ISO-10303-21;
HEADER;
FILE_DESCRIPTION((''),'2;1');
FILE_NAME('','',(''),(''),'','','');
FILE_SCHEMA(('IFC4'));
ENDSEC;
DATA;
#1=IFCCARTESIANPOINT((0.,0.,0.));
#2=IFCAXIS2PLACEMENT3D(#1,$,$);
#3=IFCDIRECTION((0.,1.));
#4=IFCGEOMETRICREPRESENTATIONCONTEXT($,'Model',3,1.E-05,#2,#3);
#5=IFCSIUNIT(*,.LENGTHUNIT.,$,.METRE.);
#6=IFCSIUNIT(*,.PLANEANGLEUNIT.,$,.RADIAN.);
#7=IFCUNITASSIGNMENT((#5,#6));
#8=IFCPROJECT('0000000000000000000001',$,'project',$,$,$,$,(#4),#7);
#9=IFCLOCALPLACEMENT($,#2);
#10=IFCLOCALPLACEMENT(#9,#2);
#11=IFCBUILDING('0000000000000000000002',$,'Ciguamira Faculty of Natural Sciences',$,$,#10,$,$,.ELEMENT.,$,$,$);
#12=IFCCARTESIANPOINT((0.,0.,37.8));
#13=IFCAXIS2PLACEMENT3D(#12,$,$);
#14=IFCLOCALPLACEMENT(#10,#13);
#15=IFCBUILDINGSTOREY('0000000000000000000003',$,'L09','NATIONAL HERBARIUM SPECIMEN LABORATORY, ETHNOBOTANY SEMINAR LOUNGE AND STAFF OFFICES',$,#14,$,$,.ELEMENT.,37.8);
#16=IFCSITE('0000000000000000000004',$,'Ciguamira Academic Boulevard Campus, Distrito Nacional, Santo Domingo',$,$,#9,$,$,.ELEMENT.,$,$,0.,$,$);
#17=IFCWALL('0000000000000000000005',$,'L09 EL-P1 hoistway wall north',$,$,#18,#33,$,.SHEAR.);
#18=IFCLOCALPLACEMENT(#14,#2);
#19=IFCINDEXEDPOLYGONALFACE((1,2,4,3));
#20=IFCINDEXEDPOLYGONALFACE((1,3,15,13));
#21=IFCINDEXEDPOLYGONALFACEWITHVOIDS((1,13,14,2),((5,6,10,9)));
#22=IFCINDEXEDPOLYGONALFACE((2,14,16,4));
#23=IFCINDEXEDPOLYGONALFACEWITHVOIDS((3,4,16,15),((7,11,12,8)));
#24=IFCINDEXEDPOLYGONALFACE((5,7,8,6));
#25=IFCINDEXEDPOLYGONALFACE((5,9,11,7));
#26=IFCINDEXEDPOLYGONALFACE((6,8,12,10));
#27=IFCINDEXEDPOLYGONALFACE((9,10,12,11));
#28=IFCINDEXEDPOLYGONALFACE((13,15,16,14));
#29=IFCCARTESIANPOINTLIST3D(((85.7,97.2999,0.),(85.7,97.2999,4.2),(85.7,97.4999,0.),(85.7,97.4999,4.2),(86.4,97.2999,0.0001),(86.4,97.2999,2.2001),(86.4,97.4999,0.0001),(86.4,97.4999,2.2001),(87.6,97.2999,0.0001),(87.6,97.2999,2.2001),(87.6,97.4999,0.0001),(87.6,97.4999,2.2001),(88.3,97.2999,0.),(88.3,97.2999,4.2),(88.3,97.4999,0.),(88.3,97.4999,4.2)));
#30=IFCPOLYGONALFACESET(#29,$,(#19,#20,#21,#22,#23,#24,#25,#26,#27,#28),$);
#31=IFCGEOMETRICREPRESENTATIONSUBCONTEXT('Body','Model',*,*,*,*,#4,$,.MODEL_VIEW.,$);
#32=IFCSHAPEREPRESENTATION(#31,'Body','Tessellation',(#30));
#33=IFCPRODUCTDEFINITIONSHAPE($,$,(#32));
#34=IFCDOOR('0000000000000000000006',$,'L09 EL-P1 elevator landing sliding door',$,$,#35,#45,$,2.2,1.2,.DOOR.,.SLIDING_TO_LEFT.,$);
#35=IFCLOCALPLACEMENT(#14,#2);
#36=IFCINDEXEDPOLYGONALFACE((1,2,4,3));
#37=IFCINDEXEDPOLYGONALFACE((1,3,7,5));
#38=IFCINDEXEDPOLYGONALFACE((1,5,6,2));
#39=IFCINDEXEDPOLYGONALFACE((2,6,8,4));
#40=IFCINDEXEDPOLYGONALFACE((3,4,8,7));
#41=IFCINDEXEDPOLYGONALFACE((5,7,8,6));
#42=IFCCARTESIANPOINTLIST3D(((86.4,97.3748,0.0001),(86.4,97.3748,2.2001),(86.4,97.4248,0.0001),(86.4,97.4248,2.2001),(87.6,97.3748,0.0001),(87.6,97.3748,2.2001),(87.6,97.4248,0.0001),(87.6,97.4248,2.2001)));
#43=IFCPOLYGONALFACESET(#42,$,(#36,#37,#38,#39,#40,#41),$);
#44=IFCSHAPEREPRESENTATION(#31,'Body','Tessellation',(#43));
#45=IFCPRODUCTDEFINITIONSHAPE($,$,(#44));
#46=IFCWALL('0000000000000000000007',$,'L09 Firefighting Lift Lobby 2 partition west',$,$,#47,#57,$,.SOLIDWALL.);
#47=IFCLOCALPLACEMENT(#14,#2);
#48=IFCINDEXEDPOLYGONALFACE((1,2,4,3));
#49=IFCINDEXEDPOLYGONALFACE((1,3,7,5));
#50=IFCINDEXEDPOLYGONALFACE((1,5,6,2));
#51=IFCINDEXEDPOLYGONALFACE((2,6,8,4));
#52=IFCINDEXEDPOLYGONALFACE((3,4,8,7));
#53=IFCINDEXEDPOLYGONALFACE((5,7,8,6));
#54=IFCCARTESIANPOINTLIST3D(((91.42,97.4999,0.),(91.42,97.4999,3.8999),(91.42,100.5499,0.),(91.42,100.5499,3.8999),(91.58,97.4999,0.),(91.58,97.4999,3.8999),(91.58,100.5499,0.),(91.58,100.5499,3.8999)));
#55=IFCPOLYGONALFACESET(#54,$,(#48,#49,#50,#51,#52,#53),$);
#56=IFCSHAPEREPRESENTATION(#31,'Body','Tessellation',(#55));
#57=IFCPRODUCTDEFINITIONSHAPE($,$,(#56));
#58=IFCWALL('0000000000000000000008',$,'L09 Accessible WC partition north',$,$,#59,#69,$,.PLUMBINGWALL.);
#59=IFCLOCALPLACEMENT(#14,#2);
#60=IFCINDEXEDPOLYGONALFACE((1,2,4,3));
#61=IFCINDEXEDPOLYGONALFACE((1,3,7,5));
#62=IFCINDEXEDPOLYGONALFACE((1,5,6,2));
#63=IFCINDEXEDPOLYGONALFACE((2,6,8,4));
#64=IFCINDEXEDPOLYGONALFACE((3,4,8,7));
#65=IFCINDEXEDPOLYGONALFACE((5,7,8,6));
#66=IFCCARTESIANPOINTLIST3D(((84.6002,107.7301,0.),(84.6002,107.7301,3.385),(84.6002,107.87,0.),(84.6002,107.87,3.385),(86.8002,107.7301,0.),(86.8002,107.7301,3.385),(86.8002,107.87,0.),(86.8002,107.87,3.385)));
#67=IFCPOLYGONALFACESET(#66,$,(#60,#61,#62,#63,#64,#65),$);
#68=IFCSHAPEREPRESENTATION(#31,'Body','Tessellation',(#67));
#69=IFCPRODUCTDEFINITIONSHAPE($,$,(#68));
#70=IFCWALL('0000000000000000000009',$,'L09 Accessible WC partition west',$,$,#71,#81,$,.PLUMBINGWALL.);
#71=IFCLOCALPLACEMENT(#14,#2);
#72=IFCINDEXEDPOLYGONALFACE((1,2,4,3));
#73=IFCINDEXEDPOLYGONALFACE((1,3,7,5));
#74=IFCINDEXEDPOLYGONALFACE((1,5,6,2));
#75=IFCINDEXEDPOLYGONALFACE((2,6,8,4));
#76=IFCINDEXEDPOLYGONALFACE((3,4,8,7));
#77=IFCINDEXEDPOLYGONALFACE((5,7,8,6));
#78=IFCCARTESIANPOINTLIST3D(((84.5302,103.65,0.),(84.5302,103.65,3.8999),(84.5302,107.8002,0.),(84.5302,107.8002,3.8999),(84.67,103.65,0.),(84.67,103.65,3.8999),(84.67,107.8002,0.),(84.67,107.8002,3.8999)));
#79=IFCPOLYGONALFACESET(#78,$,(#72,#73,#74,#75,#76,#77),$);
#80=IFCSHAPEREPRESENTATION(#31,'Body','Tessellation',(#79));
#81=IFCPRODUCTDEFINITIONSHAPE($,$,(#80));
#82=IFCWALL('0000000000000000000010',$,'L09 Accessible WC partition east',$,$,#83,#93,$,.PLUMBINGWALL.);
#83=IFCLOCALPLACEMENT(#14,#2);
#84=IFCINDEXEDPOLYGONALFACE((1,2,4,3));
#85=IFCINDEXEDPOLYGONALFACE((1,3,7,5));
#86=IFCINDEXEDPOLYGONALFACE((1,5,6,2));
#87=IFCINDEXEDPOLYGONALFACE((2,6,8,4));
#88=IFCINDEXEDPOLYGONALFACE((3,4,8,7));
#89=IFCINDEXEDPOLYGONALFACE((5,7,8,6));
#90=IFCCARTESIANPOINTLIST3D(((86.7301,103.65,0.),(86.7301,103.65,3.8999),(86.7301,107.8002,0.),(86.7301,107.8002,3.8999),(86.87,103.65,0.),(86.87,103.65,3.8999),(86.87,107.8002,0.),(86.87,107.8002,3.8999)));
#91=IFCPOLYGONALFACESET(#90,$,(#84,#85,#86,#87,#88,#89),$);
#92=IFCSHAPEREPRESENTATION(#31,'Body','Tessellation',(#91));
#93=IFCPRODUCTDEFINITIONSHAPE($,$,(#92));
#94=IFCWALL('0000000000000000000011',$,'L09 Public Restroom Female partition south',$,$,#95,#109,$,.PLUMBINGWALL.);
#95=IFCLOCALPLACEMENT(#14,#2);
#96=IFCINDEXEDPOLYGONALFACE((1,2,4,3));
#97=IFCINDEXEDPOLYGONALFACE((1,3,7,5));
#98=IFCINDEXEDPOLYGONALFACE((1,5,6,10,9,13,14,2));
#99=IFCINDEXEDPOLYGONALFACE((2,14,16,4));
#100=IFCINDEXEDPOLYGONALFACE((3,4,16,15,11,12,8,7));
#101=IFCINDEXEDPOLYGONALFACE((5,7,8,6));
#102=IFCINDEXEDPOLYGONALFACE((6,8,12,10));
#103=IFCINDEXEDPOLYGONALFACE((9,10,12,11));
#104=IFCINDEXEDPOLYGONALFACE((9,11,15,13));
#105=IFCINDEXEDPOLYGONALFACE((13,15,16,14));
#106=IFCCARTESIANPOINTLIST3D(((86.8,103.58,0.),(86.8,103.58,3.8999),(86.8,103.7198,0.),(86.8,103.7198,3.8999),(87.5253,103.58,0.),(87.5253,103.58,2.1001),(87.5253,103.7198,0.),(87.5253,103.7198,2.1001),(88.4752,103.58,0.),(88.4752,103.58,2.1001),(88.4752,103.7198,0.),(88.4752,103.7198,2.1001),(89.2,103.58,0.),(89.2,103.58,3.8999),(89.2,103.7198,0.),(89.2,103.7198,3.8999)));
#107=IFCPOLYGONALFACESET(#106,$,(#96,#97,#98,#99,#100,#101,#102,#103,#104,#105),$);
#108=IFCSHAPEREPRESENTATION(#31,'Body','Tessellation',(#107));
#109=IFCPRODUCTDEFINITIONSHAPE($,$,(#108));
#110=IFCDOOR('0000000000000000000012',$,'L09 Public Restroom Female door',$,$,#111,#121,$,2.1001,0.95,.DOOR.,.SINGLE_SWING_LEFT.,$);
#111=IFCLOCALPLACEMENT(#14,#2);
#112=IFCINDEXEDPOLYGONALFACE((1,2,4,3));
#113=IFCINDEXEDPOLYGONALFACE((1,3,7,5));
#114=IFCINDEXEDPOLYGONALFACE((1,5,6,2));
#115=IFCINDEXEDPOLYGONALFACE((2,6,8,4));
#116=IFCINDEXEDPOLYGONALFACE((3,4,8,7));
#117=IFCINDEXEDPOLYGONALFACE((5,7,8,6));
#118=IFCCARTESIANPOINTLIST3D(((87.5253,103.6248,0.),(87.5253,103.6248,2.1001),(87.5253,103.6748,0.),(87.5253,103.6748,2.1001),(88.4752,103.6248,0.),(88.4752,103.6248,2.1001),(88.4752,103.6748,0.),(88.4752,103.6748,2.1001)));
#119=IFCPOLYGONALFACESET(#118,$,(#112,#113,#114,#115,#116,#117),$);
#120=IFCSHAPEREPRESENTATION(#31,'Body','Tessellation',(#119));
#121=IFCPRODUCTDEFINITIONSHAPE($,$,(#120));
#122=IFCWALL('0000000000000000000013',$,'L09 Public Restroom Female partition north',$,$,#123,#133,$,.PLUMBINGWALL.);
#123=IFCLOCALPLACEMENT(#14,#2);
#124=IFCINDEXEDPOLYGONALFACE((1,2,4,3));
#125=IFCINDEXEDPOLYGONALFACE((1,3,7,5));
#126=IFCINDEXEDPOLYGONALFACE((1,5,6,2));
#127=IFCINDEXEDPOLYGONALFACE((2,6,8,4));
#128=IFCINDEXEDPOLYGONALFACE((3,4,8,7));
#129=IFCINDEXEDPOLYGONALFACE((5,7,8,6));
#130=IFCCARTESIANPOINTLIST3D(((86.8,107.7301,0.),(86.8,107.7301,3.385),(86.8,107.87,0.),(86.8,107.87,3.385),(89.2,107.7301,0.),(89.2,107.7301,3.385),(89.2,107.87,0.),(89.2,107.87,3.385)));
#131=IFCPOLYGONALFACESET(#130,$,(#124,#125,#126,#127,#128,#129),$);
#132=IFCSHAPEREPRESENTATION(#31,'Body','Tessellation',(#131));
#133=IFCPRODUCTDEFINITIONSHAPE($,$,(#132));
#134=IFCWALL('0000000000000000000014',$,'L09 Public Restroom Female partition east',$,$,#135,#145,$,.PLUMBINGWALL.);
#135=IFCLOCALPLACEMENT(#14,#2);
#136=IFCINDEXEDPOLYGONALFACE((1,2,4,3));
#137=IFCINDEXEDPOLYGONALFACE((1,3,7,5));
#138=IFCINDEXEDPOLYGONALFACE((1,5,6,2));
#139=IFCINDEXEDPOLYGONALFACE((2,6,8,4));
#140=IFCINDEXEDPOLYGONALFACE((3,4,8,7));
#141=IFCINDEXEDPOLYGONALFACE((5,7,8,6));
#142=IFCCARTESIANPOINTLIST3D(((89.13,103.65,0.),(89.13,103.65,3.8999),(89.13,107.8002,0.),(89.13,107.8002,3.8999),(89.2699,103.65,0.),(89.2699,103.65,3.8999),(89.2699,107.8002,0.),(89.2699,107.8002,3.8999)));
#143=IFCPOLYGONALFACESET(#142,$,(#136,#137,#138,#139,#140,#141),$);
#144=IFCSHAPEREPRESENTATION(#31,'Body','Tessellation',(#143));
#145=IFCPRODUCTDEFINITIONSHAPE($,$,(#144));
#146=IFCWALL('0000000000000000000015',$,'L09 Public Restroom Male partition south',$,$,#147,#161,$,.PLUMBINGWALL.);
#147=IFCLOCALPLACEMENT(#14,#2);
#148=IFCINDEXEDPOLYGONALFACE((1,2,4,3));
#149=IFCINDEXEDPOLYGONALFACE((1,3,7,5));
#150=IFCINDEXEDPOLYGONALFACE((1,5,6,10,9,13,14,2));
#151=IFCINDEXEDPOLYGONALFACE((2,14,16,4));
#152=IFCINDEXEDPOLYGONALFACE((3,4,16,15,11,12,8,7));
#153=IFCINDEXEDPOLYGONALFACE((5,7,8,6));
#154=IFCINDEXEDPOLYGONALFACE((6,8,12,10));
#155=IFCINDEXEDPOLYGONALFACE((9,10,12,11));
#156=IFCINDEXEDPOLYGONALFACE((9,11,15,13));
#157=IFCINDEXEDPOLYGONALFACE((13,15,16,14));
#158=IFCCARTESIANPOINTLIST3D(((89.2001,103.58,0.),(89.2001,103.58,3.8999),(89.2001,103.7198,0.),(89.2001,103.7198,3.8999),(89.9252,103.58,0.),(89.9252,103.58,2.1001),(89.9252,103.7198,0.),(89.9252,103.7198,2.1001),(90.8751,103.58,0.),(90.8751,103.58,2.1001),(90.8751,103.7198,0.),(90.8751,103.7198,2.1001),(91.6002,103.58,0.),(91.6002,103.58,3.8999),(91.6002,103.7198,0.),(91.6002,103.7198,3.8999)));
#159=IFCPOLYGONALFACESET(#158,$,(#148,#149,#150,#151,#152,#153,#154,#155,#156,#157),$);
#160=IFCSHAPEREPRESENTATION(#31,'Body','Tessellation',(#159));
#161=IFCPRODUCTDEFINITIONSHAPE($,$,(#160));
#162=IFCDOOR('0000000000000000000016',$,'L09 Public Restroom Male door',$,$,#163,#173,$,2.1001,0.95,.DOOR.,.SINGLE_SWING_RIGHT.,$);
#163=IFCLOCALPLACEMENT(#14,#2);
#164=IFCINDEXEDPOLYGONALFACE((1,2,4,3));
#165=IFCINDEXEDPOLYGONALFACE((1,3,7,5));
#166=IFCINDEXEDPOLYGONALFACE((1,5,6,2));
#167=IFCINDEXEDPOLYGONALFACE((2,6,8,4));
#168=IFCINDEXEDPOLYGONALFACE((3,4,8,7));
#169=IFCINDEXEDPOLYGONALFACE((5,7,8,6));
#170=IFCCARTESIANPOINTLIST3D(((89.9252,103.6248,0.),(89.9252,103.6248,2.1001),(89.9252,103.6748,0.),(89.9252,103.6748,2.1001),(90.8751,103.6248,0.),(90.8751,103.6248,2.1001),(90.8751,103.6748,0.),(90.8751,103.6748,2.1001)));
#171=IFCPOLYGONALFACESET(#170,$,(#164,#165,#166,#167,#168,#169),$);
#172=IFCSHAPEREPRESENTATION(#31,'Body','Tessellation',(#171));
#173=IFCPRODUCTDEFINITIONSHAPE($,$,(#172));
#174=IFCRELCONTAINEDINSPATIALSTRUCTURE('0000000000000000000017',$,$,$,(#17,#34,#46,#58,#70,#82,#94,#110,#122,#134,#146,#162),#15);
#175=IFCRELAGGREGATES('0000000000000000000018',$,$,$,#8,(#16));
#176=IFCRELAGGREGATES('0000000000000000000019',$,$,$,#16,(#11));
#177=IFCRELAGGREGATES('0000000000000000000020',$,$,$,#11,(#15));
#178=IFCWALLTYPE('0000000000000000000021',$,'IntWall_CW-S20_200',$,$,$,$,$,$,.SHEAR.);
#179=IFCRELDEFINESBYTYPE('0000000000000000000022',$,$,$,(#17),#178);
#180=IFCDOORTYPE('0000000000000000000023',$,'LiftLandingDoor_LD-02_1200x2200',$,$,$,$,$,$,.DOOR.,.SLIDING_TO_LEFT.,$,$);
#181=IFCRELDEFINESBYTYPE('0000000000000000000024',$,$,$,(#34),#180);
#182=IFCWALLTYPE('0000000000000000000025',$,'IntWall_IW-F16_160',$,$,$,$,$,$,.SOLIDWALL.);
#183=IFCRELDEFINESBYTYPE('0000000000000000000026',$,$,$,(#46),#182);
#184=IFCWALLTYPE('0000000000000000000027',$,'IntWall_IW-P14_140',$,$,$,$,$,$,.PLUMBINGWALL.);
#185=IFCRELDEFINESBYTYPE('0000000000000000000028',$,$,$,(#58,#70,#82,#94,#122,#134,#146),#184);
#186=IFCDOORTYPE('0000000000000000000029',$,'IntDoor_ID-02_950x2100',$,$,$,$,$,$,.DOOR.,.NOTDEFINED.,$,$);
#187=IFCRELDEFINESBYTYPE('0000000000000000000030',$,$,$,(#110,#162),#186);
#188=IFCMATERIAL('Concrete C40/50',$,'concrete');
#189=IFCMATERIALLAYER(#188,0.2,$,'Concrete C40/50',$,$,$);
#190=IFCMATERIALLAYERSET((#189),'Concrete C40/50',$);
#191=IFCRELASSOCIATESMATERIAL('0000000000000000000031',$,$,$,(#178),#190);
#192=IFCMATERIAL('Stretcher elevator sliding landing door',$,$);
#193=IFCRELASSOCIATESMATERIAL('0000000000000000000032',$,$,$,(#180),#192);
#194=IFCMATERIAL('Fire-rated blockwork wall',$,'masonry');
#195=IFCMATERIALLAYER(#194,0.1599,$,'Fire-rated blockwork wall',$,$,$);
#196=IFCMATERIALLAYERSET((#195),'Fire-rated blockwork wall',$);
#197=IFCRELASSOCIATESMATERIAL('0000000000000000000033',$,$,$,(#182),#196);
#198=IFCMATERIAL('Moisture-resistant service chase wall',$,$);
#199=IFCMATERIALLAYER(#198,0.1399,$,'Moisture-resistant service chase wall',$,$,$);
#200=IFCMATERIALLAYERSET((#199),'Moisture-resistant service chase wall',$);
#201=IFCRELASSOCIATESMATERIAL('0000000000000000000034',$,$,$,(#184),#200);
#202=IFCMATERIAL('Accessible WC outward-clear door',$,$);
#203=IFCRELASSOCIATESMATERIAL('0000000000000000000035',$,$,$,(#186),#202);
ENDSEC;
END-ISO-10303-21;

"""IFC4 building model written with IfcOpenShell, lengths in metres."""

from ifc_helpers import new_model, si_unit, direction, frame, frame_2d, origin, place, context, subcontext, project, spatial, rectangle, extrude, material, layer, layer_set, type_object, element, fill, save


model = new_model("IFC4")

# Units and contexts
model_context = context("Model", 3, precision=1e-05, world=origin(), true_north=direction((0.0, 1.0)))
body_context = subcontext(model_context, "Body", "Model", "MODEL_VIEW")
ifc_project = project(units=[si_unit("LENGTHUNIT", "METRE"), si_unit("PLANEANGLEUNIT", "RADIAN")], contexts=[model_context])

# Site, building, storey
site_placement = place(None, origin())
site = spatial("IfcSite", under=ifc_project, at=site_placement, Name="Ciguamira Academic Boulevard Campus, Distrito Nacional, Santo Domingo", CompositionType="ELEMENT", RefElevation=0.0)
building_placement = place(site_placement, origin())
building = spatial("IfcBuilding", under=site, at=building_placement, Name="Ciguamira Faculty of Natural Sciences", CompositionType="ELEMENT")
storey_placement = place(building_placement, frame((0.0, 0.0, 37.8)))
storey = spatial("IfcBuildingStorey", under=building, at=storey_placement, Name="L09", Description="NATIONAL HERBARIUM SPECIMEN LABORATORY, ETHNOBOTANY SEMINAR LOUNGE AND STAFF OFFICES", CompositionType="ELEMENT", Elevation=37.8)

# Shared definitions
ifc_material_1 = material(Name="Concrete C40/50", Category="concrete")

# Wall, opening, door
ifc_layer_1 = layer(ifc_material_1, 0.2, Name="Concrete C40/50")
ifc_layer_set_1 = layer_set([ifc_layer_1], Name="Concrete C40/50")
wall_type_1 = type_object("IfcWallType", Name="IntWall_CW-S20_200", PredefinedType="SHEAR", material=ifc_layer_set_1)
wall_1_placement = place(storey_placement, frame((85.7, 97.3999, 0.0), z_axis=(0.0, 0.0, 1.0), x_axis=(1.0, 0.0, 0.0)))
wall_1 = element("IfcWall", 1, at=wall_1_placement, inside=storey, type_object=wall_type_1, Name="L09 EL-P1 hoistway wall north", PredefinedType="SHEAR", context=body_context, shape_type="SweptSolid", body=[
    extrude(rectangle(XDim=2.6001, YDim=0.2, at=frame_2d((1.3, 0.0))), origin(), (0.0, 0.0, 1.0), 4.2),
])
opening_1_placement = place(wall_1_placement, frame((0.7, 0.0, 0.0)))
opening_1 = element("IfcOpeningElement", 2, at=opening_1_placement, cuts=wall_1, PredefinedType="OPENING", context=body_context, shape_type="SweptSolid", body=[
    extrude(rectangle(XDim=1.2, YDim=2.2, at=frame_2d((0.6001, 1.1001))), frame((0.0, 0.1099, 0.0), z_axis=(0.0, -1.0, 0.0), x_axis=(1.0, 0.0, 0.0)), (0.0, 0.0, 1.0), 0.22),
])
ifc_material_2 = material(Name="Stretcher elevator sliding landing door")
door_type_1 = type_object("IfcDoorType", Name="LiftLandingDoor_LD-02_1200x2200", OperationType="SLIDING_TO_LEFT", PredefinedType="DOOR", material=ifc_material_2)
door_1_placement = place(opening_1_placement, origin())
door_1 = element("IfcDoor", 3, at=door_1_placement, inside=storey, type_object=door_type_1, Name="L09 EL-P1 elevator landing sliding door", OperationType="SLIDING_TO_LEFT", OverallHeight=2.2, OverallWidth=1.2, PredefinedType="DOOR", context=body_context, shape_type="SweptSolid", body=[
    extrude(rectangle(XDim=1.2, YDim=2.2, at=frame_2d((0.6001, 1.1001))), frame((0.0, 0.0249, 0.0), z_axis=(0.0, -1.0, 0.0), x_axis=(1.0, 0.0, 0.0)), (0.0, 0.0, 1.0), 0.05),
])
fill(opening_1, door_1)
ifc_material_3 = material(Name="Fire-rated blockwork wall", Category="masonry")
ifc_layer_2 = layer(ifc_material_3, 0.1599, Name="Fire-rated blockwork wall")
ifc_layer_set_2 = layer_set([ifc_layer_2], Name="Fire-rated blockwork wall")
wall_type_2 = type_object("IfcWallType", Name="IntWall_IW-F16_160", PredefinedType="SOLIDWALL", material=ifc_layer_set_2)

# Walls
wall_2_placement = place(storey_placement, frame((91.5, 97.5, 0.0), z_axis=(0.0, 0.0, 1.0), x_axis=(0.0, 1.0, 0.0)))
element("IfcWall", 4, at=wall_2_placement, inside=storey, type_object=wall_type_2, Name="L09 Firefighting Lift Lobby 2 partition west", PredefinedType="SOLIDWALL", context=body_context, shape_type="SweptSolid", body=[
    extrude(rectangle(XDim=3.05, YDim=0.1599, at=frame_2d((1.5249, 0.0))), origin(), (0.0, 0.0, 1.0), 3.8999),
])
ifc_material_4 = material(Name="Moisture-resistant service chase wall")
ifc_layer_3 = layer(ifc_material_4, 0.1399, Name="Moisture-resistant service chase wall")
ifc_layer_set_3 = layer_set([ifc_layer_3], Name="Moisture-resistant service chase wall")
wall_type_3 = type_object("IfcWallType", Name="IntWall_IW-P14_140", PredefinedType="PLUMBINGWALL", material=ifc_layer_set_3)
wall_3_placement = place(storey_placement, frame((84.6001, 107.8, 0.0), z_axis=(0.0, 0.0, 1.0), x_axis=(1.0, 0.0, 0.0)))
element("IfcWall", 5, at=wall_3_placement, inside=storey, type_object=wall_type_3, Name="L09 Accessible WC partition north", PredefinedType="PLUMBINGWALL", context=body_context, shape_type="SweptSolid", body=[
    extrude(rectangle(XDim=2.2, YDim=0.1399, at=frame_2d((1.1001, 0.0))), origin(), (0.0, 0.0, 1.0), 3.385),
])
for number, where, z_axis, x_axis, name in (
    (6, (84.6001, 103.6499, 0.0), (0.0, 0.0, 1.0), (0.0, 1.0, 0.0), "L09 Accessible WC partition west"),
    (7, (86.8, 103.6499, 0.0), (0.0, 0.0, 1.0), (0.0, 1.0, 0.0), "L09 Accessible WC partition east"),
):
    element("IfcWall", number, at=place(storey_placement, frame(where, z_axis=z_axis, x_axis=x_axis)), inside=storey, type_object=wall_type_3, Name=name, PredefinedType="PLUMBINGWALL", context=body_context, shape_type="SweptSolid", body=[
        extrude(rectangle(XDim=4.1501, YDim=0.1399, at=frame_2d((2.0752, 0.0))), origin(), (0.0, 0.0, 1.0), 3.8999),
    ])

# Wall, opening, door
wall_4_placement = place(storey_placement, frame((86.8, 103.6499, 0.0), z_axis=(0.0, 0.0, 1.0), x_axis=(1.0, 0.0, 0.0)))
wall_4 = element("IfcWall", 8, at=wall_4_placement, inside=storey, type_object=wall_type_3, Name="L09 Public Restroom Female partition south", PredefinedType="PLUMBINGWALL", context=body_context, shape_type="SweptSolid", body=[
    extrude(rectangle(XDim=2.3999, YDim=0.1399, at=frame_2d((1.2, 0.0))), origin(), (0.0, 0.0, 1.0), 3.8999),
])
opening_2_placement = place(wall_4_placement, frame((0.7251, 0.0, 0.0)))
opening_2 = element("IfcOpeningElement", 9, at=opening_2_placement, cuts=wall_4, PredefinedType="OPENING", context=body_context, shape_type="SweptSolid", body=[
    extrude(rectangle(XDim=0.95, YDim=2.1001, at=frame_2d((0.4751, 1.05))), frame((0.0, 0.0798, 0.0), z_axis=(0.0, -1.0, 0.0), x_axis=(1.0, 0.0, 0.0)), (0.0, 0.0, 1.0), 0.1599),
])
ifc_material_5 = material(Name="Accessible WC outward-clear door")
door_type_2 = type_object("IfcDoorType", Name="IntDoor_ID-02_950x2100", OperationType="NOTDEFINED", PredefinedType="DOOR", material=ifc_material_5)
door_2_placement = place(opening_2_placement, origin())
door_2 = element("IfcDoor", 10, at=door_2_placement, inside=storey, type_object=door_type_2, Name="L09 Public Restroom Female door", OperationType="SINGLE_SWING_LEFT", OverallHeight=2.1001, OverallWidth=0.95, PredefinedType="DOOR", context=body_context, shape_type="SweptSolid", body=[
    extrude(rectangle(XDim=0.95, YDim=2.1001, at=frame_2d((0.4751, 1.05))), frame((0.0, 0.0249, 0.0), z_axis=(0.0, -1.0, 0.0), x_axis=(1.0, 0.0, 0.0)), (0.0, 0.0, 1.0), 0.05),
])
fill(opening_2, door_2)

# Walls
wall_5_placement = place(storey_placement, frame((86.8, 107.8, 0.0), z_axis=(0.0, 0.0, 1.0), x_axis=(1.0, 0.0, 0.0)))
element("IfcWall", 11, at=wall_5_placement, inside=storey, type_object=wall_type_3, Name="L09 Public Restroom Female partition north", PredefinedType="PLUMBINGWALL", context=body_context, shape_type="SweptSolid", body=[
    extrude(rectangle(XDim=2.3999, YDim=0.1399, at=frame_2d((1.2, 0.0))), origin(), (0.0, 0.0, 1.0), 3.385),
])
wall_6_placement = place(storey_placement, frame((89.2, 103.6499, 0.0), z_axis=(0.0, 0.0, 1.0), x_axis=(0.0, 1.0, 0.0)))
element("IfcWall", 12, at=wall_6_placement, inside=storey, type_object=wall_type_3, Name="L09 Public Restroom Female partition east", PredefinedType="PLUMBINGWALL", context=body_context, shape_type="SweptSolid", body=[
    extrude(rectangle(XDim=4.1501, YDim=0.1399, at=frame_2d((2.0752, 0.0))), origin(), (0.0, 0.0, 1.0), 3.8999),
])

# Wall, opening, door
wall_7_placement = place(storey_placement, frame((89.2, 103.6499, 0.0), z_axis=(0.0, 0.0, 1.0), x_axis=(1.0, 0.0, 0.0)))
wall_7 = element("IfcWall", 13, at=wall_7_placement, inside=storey, type_object=wall_type_3, Name="L09 Public Restroom Male partition south", PredefinedType="PLUMBINGWALL", context=body_context, shape_type="SweptSolid", body=[
    extrude(rectangle(XDim=2.4001, YDim=0.1399, at=frame_2d((1.2002, 0.0))), origin(), (0.0, 0.0, 1.0), 3.8999),
])
opening_3_placement = place(wall_7_placement, frame((0.7251, 0.0, 0.0)))
opening_3 = element("IfcOpeningElement", 14, at=opening_3_placement, cuts=wall_7, PredefinedType="OPENING", context=body_context, shape_type="SweptSolid", body=[
    extrude(rectangle(XDim=0.95, YDim=2.1001, at=frame_2d((0.4751, 1.05))), frame((0.0, 0.0798, 0.0), z_axis=(0.0, -1.0, 0.0), x_axis=(1.0, 0.0, 0.0)), (0.0, 0.0, 1.0), 0.1599),
])
door_3_placement = place(opening_3_placement, origin())
door_3 = element("IfcDoor", 15, at=door_3_placement, inside=storey, type_object=door_type_2, Name="L09 Public Restroom Male door", OperationType="SINGLE_SWING_RIGHT", OverallHeight=2.1001, OverallWidth=0.95, PredefinedType="DOOR", context=body_context, shape_type="SweptSolid", body=[
    extrude(rectangle(XDim=0.95, YDim=2.1001, at=frame_2d((0.4751, 1.05))), frame((0.0, 0.0249, 0.0), z_axis=(0.0, -1.0, 0.0), x_axis=(1.0, 0.0, 0.0)), (0.0, 0.0, 1.0), 0.05),
])
fill(opening_3, door_3)

save(model, "model.ifc")
